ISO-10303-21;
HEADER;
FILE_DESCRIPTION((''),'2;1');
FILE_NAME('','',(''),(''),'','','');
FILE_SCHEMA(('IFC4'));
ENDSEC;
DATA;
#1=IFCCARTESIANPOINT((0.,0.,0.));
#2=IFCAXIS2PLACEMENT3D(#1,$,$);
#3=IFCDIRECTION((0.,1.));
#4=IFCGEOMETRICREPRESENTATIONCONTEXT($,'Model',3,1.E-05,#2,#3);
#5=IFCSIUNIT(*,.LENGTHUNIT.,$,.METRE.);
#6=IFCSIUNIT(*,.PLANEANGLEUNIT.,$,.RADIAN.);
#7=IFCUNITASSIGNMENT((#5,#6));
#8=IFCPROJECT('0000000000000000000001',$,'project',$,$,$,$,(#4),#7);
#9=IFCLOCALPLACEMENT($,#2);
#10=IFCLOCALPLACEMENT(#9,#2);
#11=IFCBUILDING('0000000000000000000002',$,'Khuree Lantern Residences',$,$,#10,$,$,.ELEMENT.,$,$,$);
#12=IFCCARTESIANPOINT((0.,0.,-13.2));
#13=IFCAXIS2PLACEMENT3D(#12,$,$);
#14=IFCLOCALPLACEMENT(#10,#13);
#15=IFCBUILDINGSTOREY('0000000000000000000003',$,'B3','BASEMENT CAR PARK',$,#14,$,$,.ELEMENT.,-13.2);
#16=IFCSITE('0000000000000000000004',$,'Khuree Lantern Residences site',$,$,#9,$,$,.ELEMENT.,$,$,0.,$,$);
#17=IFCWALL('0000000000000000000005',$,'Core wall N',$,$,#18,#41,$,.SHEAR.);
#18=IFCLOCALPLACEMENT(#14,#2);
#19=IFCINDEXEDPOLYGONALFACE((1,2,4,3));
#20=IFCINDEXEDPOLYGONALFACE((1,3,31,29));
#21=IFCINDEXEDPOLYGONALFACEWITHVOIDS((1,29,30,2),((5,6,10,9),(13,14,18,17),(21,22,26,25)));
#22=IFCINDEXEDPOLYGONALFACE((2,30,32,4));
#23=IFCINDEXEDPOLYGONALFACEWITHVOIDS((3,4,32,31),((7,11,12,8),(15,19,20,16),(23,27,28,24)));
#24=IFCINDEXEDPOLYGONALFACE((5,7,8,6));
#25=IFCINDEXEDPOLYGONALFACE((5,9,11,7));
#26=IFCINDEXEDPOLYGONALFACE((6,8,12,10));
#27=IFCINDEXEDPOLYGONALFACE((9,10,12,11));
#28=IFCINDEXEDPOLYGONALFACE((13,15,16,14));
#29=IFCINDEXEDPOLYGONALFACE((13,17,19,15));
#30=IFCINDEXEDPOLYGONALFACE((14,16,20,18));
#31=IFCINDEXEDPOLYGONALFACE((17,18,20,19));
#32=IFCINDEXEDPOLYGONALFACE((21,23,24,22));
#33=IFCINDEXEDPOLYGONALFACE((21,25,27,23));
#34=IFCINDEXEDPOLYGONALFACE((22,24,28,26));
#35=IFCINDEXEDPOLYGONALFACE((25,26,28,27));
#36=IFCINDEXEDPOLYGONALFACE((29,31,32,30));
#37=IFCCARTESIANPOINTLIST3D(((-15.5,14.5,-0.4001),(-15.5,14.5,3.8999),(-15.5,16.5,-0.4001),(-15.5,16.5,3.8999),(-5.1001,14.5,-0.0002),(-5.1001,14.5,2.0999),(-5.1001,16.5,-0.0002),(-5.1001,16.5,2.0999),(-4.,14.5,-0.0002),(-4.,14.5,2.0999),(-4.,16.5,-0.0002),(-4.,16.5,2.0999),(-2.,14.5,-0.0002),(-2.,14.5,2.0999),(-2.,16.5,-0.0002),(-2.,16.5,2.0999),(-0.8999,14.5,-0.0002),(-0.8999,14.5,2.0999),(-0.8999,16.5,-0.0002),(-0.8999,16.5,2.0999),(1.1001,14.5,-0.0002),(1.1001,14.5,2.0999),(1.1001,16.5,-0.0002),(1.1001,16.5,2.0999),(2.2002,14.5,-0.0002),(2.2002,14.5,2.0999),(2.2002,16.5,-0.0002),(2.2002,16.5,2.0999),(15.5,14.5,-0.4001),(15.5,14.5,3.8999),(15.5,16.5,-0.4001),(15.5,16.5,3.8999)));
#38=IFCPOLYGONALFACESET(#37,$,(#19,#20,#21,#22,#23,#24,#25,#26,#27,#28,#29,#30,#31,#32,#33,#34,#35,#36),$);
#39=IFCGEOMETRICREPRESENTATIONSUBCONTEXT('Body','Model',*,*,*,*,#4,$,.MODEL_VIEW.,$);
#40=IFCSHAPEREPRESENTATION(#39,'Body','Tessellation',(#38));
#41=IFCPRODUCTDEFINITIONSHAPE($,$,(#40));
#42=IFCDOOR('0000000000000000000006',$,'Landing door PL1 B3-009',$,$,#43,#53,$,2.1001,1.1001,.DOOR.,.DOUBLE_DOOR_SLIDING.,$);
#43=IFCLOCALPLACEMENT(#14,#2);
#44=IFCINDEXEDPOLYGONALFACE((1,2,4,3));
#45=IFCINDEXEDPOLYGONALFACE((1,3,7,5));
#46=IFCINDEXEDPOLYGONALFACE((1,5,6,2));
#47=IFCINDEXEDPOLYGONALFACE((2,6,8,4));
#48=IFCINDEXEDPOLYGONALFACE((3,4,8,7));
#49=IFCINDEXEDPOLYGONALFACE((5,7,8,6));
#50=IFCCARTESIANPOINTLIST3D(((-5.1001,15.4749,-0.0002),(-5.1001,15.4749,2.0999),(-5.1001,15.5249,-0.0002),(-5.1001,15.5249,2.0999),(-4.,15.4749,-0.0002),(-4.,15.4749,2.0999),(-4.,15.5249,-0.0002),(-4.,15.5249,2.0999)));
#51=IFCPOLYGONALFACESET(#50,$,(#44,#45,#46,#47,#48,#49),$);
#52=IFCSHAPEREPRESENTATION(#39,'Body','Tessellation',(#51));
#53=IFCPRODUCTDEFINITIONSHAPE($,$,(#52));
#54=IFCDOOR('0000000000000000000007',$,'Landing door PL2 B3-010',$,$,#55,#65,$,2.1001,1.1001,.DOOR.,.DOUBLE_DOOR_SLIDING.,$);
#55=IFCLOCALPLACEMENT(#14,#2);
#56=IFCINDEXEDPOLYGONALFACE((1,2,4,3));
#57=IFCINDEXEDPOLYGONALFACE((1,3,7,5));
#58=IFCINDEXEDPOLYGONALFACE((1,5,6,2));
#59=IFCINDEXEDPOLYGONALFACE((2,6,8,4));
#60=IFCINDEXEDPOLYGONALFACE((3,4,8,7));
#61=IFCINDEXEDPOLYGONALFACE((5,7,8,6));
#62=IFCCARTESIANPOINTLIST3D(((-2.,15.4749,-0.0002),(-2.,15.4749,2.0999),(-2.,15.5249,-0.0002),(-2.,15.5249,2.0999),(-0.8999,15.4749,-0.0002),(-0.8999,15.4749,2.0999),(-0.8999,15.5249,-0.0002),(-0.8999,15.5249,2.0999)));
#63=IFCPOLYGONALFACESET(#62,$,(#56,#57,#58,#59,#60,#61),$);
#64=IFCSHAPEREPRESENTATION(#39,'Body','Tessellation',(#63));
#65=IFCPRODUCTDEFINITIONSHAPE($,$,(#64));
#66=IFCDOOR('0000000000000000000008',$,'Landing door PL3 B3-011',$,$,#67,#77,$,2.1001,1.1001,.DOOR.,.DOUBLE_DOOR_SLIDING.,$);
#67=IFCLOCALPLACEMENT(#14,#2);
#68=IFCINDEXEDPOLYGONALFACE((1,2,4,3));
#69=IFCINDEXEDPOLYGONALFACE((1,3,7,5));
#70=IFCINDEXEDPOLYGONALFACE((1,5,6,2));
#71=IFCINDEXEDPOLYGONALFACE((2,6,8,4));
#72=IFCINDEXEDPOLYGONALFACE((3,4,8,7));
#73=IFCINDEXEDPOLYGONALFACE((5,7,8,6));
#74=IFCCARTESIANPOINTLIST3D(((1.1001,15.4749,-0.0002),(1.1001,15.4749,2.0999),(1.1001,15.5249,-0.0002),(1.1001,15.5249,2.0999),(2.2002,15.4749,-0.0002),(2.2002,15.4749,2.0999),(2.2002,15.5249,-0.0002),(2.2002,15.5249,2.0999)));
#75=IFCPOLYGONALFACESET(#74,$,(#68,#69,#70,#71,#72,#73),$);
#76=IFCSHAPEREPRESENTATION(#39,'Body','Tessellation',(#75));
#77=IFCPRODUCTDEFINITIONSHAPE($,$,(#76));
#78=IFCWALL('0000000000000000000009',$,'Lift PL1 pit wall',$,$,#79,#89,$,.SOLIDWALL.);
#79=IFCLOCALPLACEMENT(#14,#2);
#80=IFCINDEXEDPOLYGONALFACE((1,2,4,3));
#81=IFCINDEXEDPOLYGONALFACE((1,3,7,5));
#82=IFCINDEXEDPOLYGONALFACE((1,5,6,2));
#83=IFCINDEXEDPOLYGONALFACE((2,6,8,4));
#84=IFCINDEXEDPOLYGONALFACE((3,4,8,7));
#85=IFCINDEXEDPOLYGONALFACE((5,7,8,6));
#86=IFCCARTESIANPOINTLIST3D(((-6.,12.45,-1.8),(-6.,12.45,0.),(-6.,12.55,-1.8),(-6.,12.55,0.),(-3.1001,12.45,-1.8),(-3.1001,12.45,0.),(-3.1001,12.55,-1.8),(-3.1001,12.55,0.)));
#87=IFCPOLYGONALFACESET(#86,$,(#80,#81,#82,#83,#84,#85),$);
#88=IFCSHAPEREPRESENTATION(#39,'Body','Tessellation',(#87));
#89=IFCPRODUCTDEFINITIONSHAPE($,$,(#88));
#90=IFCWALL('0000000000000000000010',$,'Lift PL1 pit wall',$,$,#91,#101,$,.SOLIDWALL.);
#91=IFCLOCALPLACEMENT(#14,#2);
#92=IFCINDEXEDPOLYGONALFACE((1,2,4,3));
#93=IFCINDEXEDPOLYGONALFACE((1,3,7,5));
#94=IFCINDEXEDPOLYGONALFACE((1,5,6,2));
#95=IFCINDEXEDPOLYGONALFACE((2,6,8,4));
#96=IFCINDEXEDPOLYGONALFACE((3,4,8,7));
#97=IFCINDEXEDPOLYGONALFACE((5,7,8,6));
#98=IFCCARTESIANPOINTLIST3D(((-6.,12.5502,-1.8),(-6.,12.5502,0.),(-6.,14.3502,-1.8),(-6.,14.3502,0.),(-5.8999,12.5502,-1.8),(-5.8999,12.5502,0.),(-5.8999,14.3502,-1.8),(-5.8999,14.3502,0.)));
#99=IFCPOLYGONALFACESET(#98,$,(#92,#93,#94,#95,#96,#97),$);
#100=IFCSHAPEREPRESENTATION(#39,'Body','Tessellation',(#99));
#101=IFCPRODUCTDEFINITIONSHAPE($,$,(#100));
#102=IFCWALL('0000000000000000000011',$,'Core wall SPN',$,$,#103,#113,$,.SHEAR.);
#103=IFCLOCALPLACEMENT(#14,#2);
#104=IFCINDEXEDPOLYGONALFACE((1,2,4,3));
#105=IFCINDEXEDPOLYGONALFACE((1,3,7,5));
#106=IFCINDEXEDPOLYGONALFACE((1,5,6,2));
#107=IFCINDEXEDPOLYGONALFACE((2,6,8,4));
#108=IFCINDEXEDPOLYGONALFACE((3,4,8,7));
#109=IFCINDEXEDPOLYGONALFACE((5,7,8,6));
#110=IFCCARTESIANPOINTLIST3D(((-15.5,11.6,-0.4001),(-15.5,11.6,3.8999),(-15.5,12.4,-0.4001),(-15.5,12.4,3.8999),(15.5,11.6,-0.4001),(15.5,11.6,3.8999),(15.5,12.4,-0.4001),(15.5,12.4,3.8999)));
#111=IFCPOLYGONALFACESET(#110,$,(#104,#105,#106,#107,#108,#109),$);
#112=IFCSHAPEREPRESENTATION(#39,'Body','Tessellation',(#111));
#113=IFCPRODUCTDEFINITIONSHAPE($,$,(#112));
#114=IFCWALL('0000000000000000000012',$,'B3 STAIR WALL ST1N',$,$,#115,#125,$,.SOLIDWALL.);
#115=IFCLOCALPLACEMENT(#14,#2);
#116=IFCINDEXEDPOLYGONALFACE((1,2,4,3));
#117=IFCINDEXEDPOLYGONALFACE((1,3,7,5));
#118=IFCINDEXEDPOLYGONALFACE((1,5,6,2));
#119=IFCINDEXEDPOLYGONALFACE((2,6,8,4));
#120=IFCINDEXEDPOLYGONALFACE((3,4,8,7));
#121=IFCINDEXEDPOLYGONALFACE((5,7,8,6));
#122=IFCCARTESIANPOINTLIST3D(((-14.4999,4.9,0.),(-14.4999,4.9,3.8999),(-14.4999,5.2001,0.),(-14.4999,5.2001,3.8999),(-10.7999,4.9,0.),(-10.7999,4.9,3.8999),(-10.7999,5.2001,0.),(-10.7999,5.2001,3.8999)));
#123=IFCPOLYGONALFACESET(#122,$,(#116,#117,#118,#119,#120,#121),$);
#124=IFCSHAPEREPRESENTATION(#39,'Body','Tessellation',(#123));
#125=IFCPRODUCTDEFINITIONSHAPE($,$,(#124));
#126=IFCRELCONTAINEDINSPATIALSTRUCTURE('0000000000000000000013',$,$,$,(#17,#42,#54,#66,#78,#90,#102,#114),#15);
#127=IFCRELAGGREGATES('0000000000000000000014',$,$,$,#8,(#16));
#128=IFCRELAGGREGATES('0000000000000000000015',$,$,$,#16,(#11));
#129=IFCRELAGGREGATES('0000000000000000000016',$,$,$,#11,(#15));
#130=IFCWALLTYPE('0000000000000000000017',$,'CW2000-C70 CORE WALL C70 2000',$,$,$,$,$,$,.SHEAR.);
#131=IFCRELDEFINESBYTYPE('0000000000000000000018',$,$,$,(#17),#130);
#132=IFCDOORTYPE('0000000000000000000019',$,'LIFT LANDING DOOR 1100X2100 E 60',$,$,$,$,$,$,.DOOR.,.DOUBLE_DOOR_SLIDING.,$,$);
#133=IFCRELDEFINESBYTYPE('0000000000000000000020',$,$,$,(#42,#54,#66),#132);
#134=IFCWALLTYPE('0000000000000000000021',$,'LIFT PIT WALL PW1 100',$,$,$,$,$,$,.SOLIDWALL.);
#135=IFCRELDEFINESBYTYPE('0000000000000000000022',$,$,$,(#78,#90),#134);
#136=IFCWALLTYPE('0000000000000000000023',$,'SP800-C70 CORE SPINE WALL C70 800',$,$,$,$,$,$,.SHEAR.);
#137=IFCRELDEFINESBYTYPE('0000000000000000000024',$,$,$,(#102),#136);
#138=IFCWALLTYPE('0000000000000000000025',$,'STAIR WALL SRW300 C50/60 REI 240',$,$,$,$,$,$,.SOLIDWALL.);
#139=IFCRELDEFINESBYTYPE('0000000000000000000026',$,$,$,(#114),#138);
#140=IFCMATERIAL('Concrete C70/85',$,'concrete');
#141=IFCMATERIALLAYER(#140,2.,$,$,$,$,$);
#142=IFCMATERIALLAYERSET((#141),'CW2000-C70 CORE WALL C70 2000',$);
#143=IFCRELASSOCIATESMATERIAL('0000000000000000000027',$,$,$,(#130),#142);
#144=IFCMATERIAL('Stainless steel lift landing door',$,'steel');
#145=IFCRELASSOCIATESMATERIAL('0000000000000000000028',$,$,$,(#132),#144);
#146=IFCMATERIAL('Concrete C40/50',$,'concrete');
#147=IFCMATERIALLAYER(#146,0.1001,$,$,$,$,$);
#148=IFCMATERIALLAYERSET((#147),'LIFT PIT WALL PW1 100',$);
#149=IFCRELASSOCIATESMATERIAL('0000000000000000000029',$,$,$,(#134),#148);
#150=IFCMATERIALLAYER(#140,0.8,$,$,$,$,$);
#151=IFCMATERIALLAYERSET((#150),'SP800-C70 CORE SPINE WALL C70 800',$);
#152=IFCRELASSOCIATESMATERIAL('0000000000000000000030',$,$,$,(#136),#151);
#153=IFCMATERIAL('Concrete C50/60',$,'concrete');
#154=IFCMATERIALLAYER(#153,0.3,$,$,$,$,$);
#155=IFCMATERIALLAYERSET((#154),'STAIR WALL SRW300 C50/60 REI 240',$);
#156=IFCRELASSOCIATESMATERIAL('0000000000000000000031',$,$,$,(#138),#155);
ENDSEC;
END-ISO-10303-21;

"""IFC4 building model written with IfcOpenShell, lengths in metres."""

from ifc_helpers import new_model, si_unit, direction, frame, frame_2d, origin, place, context, subcontext, project, spatial, rectangle, extrude, material, layer, layer_set, type_object, element, fill, save


model = new_model("IFC4")

# Units and contexts
model_context = context("Model", 3, precision=1e-05, world=origin(), true_north=direction((0.0, 1.0)))
body_context = subcontext(model_context, "Body", "Model", "MODEL_VIEW")
ifc_project = project(units=[si_unit("LENGTHUNIT", "METRE"), si_unit("PLANEANGLEUNIT", "RADIAN")], contexts=[model_context])

# Site, building, storey
site_placement = place(None, origin())
site = spatial("IfcSite", under=ifc_project, at=site_placement, Name="Khuree Lantern Residences site", CompositionType="ELEMENT", RefElevation=0.0)
building_placement = place(site_placement, origin())
building = spatial("IfcBuilding", under=site, at=building_placement, Name="Khuree Lantern Residences", CompositionType="ELEMENT")
storey_placement = place(building_placement, frame((0.0, 0.0, -13.2)))
storey = spatial("IfcBuildingStorey", under=building, at=storey_placement, Name="B3", Description="BASEMENT CAR PARK", CompositionType="ELEMENT", Elevation=-13.2)

# Shared definitions
ifc_material_1 = material(Name="Concrete C70/85", Category="concrete")

# Wall, openings, doors
ifc_layer_1 = layer(ifc_material_1, 2.0)
ifc_layer_set_1 = layer_set([ifc_layer_1], Name="CW2000-C70 CORE WALL C70 2000")
wall_type_1 = type_object("IfcWallType", Name="CW2000-C70 CORE WALL C70 2000", PredefinedType="SHEAR", material=ifc_layer_set_1)
wall_1_placement = place(storey_placement, frame((-15.5, 15.5, -0.4001), z_axis=(0.0, 0.0, 1.0), x_axis=(1.0, 0.0, 0.0)))
wall_1 = element("IfcWall", 1, at=wall_1_placement, inside=storey, type_object=wall_type_1, Name="Core wall N", PredefinedType="SHEAR", context=body_context, shape_type="SweptSolid", body=[
    extrude(rectangle(XDim=31.0, YDim=2.0, at=frame_2d((15.5, 0.0))), origin(), (0.0, 0.0, 1.0), 4.3),
])
opening_1_placement = place(wall_1_placement, frame((10.3999, 0.0, 0.3999)))
opening_1 = element("IfcOpeningElement", 2, at=opening_1_placement, cuts=wall_1, PredefinedType="OPENING", context=body_context, shape_type="SweptSolid", body=[
    extrude(rectangle(XDim=1.1001, YDim=2.1001, at=frame_2d((0.55, 1.05))), frame((0.0, 1.01, 0.0), z_axis=(0.0, -1.0, 0.0), x_axis=(1.0, 0.0, 0.0)), (0.0, 0.0, 1.0), 2.02),
])
opening_2_placement = place(wall_1_placement, frame((13.5, 0.0, 0.3999)))
opening_2 = element("IfcOpeningElement", 3, at=opening_2_placement, cuts=wall_1, PredefinedType="OPENING", context=body_context, shape_type="SweptSolid", body=[
    extrude(rectangle(XDim=1.1001, YDim=2.1001, at=frame_2d((0.55, 1.05))), frame((0.0, 1.01, 0.0), z_axis=(0.0, -1.0, 0.0), x_axis=(1.0, 0.0, 0.0)), (0.0, 0.0, 1.0), 2.02),
])
opening_3_placement = place(wall_1_placement, frame((16.6001, 0.0, 0.3999)))
opening_3 = element("IfcOpeningElement", 4, at=opening_3_placement, cuts=wall_1, PredefinedType="OPENING", context=body_context, shape_type="SweptSolid", body=[
    extrude(rectangle(XDim=1.1001, YDim=2.1001, at=frame_2d((0.55, 1.05))), frame((0.0, 1.01, 0.0), z_axis=(0.0, -1.0, 0.0), x_axis=(1.0, 0.0, 0.0)), (0.0, 0.0, 1.0), 2.02),
])
ifc_material_2 = material(Name="Stainless steel lift landing door", Category="steel")
door_type = type_object("IfcDoorType", Name="LIFT LANDING DOOR 1100X2100 E 60", OperationType="DOUBLE_DOOR_SLIDING", PredefinedType="DOOR", material=ifc_material_2)
door_1_placement = place(opening_1_placement, origin())
door_1 = element("IfcDoor", 5, at=door_1_placement, inside=storey, type_object=door_type, Name="Landing door PL1 B3-009", OperationType="DOUBLE_DOOR_SLIDING", OverallHeight=2.1001, OverallWidth=1.1001, PredefinedType="DOOR", context=body_context, shape_type="SweptSolid", body=[
    extrude(rectangle(XDim=1.1001, YDim=2.1001, at=frame_2d((0.55, 1.05))), frame((0.0, 0.0249, 0.0), z_axis=(0.0, -1.0, 0.0), x_axis=(1.0, 0.0, 0.0)), (0.0, 0.0, 1.0), 0.05),
])
fill(opening_1, door_1)
door_2_placement = place(opening_2_placement, origin())
door_2 = element("IfcDoor", 6, at=door_2_placement, inside=storey, type_object=door_type, Name="Landing door PL2 B3-010", OperationType="DOUBLE_DOOR_SLIDING", OverallHeight=2.1001, OverallWidth=1.1001, PredefinedType="DOOR", context=body_context, shape_type="SweptSolid", body=[
    extrude(rectangle(XDim=1.1001, YDim=2.1001, at=frame_2d((0.55, 1.05))), frame((0.0, 0.0249, 0.0), z_axis=(0.0, -1.0, 0.0), x_axis=(1.0, 0.0, 0.0)), (0.0, 0.0, 1.0), 0.05),
])
fill(opening_2, door_2)
door_3_placement = place(opening_3_placement, origin())
door_3 = element("IfcDoor", 7, at=door_3_placement, inside=storey, type_object=door_type, Name="Landing door PL3 B3-011", OperationType="DOUBLE_DOOR_SLIDING", OverallHeight=2.1001, OverallWidth=1.1001, PredefinedType="DOOR", context=body_context, shape_type="SweptSolid", body=[
    extrude(rectangle(XDim=1.1001, YDim=2.1001, at=frame_2d((0.55, 1.05))), frame((0.0, 0.0249, 0.0), z_axis=(0.0, -1.0, 0.0), x_axis=(1.0, 0.0, 0.0)), (0.0, 0.0, 1.0), 0.05),
])
fill(opening_3, door_3)

# Walls
ifc_material_3 = material(Name="Concrete C40/50", Category="concrete")
ifc_layer_2 = layer(ifc_material_3, 0.1001)
ifc_layer_set_2 = layer_set([ifc_layer_2], Name="LIFT PIT WALL PW1 100")
wall_type_2 = type_object("IfcWallType", Name="LIFT PIT WALL PW1 100", PredefinedType="SOLIDWALL", material=ifc_layer_set_2)
wall_2_placement = place(storey_placement, frame((-6.0, 12.5, -1.8), z_axis=(0.0, 0.0, 1.0), x_axis=(1.0, 0.0, 0.0)))
element("IfcWall", 8, at=wall_2_placement, inside=storey, type_object=wall_type_2, Name="Lift PL1 pit wall", PredefinedType="SOLIDWALL", context=body_context, shape_type="SweptSolid", body=[
    extrude(rectangle(XDim=2.8999, YDim=0.1001, at=frame_2d((1.45, 0.0))), origin(), (0.0, 0.0, 1.0), 1.8),
])
wall_3_placement = place(storey_placement, frame((-5.95, 14.3501, -1.8), z_axis=(0.0, 0.0, 1.0), x_axis=(0.0, -1.0, 0.0)))
element("IfcWall", 9, at=wall_3_placement, inside=storey, type_object=wall_type_2, Name="Lift PL1 pit wall", PredefinedType="SOLIDWALL", context=body_context, shape_type="SweptSolid", body=[
    extrude(rectangle(XDim=1.8, YDim=0.1001, at=frame_2d((0.8999, 0.0))), origin(), (0.0, 0.0, 1.0), 1.8),
])
ifc_layer_3 = layer(ifc_material_1, 0.8)
ifc_layer_set_3 = layer_set([ifc_layer_3], Name="SP800-C70 CORE SPINE WALL C70 800")
wall_type_3 = type_object("IfcWallType", Name="SP800-C70 CORE SPINE WALL C70 800", PredefinedType="SHEAR", material=ifc_layer_set_3)
wall_4_placement = place(storey_placement, frame((-15.5, 12.0, -0.4001), z_axis=(0.0, 0.0, 1.0), x_axis=(1.0, 0.0, 0.0)))
element("IfcWall", 10, at=wall_4_placement, inside=storey, type_object=wall_type_3, Name="Core wall SPN", PredefinedType="SHEAR", context=body_context, shape_type="SweptSolid", body=[
    extrude(rectangle(XDim=31.0, YDim=0.8, at=frame_2d((15.5, 0.0))), origin(), (0.0, 0.0, 1.0), 4.3),
])
ifc_material_4 = material(Name="Concrete C50/60", Category="concrete")
ifc_layer_4 = layer(ifc_material_4, 0.3)
ifc_layer_set_4 = layer_set([ifc_layer_4], Name="STAIR WALL SRW300 C50/60 REI 240")
wall_type_4 = type_object("IfcWallType", Name="STAIR WALL SRW300 C50/60 REI 240", PredefinedType="SOLIDWALL", material=ifc_layer_set_4)
wall_5_placement = place(storey_placement, frame((-14.5, 5.05, 0.0), z_axis=(0.0, 0.0, 1.0), x_axis=(1.0, 0.0, 0.0)))
element("IfcWall", 11, at=wall_5_placement, inside=storey, type_object=wall_type_4, Name="B3 STAIR WALL ST1N", PredefinedType="SOLIDWALL", context=body_context, shape_type="SweptSolid", body=[
    extrude(rectangle(XDim=3.7, YDim=0.3, at=frame_2d((1.8501, 0.0))), origin(), (0.0, 0.0, 1.0), 3.8999),
])

save(model, "model.ifc")
